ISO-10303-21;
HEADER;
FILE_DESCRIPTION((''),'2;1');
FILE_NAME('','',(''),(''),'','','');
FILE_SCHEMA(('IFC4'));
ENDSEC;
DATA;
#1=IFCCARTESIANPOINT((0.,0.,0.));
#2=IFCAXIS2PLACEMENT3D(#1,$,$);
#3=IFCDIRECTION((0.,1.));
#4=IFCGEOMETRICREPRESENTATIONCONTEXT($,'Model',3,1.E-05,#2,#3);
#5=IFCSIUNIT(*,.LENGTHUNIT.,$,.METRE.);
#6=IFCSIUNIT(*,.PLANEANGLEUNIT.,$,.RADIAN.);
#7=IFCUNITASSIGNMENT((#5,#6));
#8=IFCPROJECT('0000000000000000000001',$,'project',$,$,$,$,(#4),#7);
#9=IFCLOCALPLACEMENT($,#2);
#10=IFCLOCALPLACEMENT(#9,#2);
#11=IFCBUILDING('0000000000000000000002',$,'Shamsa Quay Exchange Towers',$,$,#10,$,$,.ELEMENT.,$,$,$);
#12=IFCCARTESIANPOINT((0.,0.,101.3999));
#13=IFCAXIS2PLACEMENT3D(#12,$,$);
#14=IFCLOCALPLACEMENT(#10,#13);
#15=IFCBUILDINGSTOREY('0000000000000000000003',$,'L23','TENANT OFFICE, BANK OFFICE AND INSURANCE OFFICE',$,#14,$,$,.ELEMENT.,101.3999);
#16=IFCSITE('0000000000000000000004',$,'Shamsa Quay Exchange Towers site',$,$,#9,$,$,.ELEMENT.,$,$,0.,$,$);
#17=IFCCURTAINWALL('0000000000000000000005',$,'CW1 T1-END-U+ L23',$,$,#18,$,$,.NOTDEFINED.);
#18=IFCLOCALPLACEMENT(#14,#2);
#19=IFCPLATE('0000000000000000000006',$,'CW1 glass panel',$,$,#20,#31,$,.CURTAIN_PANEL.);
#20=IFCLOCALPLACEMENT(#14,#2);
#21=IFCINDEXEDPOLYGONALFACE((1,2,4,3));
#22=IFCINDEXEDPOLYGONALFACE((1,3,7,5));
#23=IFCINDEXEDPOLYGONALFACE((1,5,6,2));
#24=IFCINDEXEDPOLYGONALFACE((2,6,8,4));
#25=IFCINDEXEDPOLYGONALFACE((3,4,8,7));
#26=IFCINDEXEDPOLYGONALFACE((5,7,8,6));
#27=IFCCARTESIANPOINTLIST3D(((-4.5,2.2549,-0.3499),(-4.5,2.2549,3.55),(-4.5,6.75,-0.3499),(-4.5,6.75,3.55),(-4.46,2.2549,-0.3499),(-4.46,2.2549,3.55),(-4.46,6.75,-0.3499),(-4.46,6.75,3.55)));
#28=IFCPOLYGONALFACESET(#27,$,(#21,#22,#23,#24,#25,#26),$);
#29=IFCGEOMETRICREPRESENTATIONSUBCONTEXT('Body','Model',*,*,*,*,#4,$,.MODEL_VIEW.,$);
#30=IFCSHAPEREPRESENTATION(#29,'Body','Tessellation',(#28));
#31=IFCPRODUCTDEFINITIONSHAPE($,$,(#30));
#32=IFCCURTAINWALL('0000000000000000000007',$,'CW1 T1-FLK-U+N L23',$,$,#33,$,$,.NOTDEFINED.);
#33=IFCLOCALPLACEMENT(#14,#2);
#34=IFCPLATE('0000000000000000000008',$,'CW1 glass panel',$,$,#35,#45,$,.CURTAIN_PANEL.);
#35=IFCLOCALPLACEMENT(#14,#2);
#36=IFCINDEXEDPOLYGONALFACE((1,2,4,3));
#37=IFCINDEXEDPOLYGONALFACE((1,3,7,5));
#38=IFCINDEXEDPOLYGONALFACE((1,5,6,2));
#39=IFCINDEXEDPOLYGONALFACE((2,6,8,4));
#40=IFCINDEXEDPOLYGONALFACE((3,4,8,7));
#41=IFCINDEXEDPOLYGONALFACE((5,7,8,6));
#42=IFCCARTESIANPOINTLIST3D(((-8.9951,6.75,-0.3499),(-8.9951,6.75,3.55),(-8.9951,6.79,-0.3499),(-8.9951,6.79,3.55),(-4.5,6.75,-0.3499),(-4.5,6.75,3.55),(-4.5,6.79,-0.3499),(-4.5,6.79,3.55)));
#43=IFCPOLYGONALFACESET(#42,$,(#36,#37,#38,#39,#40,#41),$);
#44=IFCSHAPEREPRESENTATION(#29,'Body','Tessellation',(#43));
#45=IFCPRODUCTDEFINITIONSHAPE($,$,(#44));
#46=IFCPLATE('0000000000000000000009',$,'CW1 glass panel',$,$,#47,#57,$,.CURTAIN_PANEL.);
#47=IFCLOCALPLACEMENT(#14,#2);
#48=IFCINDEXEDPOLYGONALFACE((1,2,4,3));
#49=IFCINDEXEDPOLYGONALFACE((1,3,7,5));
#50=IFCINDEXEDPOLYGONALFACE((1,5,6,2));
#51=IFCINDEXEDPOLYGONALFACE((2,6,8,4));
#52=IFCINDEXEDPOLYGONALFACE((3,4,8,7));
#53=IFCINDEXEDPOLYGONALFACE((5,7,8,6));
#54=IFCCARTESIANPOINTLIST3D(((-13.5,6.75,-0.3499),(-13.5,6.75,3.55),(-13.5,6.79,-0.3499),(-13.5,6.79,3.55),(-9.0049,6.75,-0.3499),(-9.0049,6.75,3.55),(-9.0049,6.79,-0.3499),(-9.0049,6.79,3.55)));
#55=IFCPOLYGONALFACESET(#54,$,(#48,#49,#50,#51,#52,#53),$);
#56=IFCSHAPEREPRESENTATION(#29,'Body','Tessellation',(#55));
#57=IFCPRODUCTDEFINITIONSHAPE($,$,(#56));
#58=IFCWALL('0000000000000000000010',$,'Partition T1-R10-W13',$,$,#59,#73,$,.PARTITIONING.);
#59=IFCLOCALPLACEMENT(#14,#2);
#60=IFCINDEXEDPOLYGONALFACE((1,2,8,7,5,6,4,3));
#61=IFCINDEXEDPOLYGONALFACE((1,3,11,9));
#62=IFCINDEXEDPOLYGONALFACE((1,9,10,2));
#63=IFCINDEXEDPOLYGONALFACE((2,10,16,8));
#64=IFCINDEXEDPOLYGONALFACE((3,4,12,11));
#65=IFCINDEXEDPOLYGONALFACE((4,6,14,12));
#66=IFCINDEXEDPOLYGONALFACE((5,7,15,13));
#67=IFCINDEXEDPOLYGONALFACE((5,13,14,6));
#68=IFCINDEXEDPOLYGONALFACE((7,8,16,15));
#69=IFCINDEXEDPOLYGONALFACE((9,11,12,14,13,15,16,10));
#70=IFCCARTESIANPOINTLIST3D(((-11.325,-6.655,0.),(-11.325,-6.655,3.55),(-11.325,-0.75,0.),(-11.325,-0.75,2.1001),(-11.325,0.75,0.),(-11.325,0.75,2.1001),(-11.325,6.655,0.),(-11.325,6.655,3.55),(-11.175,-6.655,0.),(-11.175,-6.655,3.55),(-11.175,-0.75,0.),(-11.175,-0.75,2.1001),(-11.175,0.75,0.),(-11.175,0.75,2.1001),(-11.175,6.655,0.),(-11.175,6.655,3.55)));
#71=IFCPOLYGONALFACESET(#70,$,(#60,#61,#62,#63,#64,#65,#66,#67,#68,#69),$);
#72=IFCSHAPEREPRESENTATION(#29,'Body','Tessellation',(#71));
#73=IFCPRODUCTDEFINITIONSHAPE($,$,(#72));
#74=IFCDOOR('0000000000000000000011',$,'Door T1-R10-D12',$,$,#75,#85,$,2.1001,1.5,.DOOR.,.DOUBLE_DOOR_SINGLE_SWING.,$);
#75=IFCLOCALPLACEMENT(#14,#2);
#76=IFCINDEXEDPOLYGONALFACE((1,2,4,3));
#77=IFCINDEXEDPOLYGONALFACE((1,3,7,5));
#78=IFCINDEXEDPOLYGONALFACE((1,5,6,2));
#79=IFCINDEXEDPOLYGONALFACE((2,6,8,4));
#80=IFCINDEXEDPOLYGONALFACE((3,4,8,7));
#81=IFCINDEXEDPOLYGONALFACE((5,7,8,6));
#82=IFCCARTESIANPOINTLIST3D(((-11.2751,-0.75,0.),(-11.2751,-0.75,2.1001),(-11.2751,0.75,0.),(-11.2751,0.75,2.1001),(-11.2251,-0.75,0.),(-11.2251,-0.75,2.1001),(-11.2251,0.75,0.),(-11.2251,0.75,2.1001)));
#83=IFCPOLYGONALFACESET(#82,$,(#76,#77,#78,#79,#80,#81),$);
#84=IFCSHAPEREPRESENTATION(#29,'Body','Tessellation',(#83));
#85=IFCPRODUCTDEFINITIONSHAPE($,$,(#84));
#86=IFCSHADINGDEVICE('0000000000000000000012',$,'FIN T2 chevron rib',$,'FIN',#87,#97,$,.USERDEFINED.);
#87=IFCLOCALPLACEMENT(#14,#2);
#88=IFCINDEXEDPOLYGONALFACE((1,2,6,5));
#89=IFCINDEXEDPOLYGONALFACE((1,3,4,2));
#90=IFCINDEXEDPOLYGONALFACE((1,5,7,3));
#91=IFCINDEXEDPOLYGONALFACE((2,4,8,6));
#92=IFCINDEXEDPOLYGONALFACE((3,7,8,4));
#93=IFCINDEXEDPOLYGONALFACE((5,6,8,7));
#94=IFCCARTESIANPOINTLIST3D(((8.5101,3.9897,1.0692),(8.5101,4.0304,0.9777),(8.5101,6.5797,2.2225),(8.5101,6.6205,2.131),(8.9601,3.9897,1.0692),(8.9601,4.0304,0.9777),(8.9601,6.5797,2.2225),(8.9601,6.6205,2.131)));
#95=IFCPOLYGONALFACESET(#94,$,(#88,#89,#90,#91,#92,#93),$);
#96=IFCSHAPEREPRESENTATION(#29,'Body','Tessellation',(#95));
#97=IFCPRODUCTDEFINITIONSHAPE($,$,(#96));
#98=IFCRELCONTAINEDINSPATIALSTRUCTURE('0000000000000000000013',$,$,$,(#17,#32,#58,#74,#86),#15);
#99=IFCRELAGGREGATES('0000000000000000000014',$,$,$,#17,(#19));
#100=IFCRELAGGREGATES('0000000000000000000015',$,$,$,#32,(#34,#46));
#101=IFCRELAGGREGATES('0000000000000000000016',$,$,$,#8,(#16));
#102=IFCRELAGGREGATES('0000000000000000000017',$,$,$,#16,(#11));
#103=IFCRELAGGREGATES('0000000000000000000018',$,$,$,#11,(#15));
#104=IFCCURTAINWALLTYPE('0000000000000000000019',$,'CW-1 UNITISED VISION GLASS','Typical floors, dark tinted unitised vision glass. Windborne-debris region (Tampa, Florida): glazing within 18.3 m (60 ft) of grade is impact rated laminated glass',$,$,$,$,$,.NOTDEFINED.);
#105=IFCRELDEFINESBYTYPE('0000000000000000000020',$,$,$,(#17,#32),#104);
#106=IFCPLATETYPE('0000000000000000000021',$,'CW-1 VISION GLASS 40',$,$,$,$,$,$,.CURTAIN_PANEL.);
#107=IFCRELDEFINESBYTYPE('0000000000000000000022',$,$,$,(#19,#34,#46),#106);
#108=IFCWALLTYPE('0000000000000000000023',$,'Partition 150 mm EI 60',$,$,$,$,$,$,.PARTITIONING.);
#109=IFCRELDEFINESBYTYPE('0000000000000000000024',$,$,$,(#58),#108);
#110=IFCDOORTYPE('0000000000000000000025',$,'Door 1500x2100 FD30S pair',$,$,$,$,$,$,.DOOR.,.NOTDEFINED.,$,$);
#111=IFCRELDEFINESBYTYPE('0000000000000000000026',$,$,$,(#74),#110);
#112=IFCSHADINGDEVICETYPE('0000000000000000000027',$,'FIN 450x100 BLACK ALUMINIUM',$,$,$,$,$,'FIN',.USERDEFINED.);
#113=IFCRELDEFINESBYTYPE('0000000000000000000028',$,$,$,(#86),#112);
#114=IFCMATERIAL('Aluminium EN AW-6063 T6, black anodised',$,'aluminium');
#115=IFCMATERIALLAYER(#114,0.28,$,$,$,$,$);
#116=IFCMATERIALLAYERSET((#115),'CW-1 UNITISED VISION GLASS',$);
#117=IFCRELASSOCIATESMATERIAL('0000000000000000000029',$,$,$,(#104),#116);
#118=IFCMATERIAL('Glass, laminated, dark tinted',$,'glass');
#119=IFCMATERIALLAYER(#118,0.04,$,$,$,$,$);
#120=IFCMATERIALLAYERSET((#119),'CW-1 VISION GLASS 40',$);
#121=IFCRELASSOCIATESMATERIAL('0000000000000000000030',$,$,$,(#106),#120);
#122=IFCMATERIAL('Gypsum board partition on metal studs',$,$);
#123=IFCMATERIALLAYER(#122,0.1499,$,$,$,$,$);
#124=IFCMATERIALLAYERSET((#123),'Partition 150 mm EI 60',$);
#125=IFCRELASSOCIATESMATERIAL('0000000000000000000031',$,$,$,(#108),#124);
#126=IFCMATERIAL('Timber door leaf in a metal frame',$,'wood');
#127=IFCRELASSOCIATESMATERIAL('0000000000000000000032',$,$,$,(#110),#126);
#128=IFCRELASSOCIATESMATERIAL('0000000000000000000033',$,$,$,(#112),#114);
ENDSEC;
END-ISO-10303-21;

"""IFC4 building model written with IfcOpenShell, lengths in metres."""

from ifc_helpers import new_model, si_unit, direction, frame, frame_2d, origin, origin_2d, place, context, subcontext, project, spatial, rectangle, extrude, material, layer, layer_set, material_profile, profile_set, type_object, element, fill, aggregate, save


model = new_model("IFC4")

# Units and contexts
model_context = context("Model", 3, precision=1e-05, world=origin(), true_north=direction((0.0, 1.0)))
body_context = subcontext(model_context, "Body", "Model", "MODEL_VIEW")
ifc_project = project(units=[si_unit("LENGTHUNIT", "METRE"), si_unit("PLANEANGLEUNIT", "RADIAN")], contexts=[model_context])

# Site, building, storey
site_placement = place(None, origin())
site = spatial("IfcSite", under=ifc_project, at=site_placement, Name="Shamsa Quay Exchange Towers site", CompositionType="ELEMENT", RefElevation=0.0)
building_placement = place(site_placement, origin())
building = spatial("IfcBuilding", under=site, at=building_placement, Name="Shamsa Quay Exchange Towers", CompositionType="ELEMENT")
storey_placement = place(building_placement, frame((0.0, 0.0, 101.3999)))
storey = spatial("IfcBuildingStorey", under=building, at=storey_placement, Name="L23", Description="TENANT OFFICE, BANK OFFICE AND INSURANCE OFFICE", CompositionType="ELEMENT", Elevation=101.3999)

# Curtain wall
ifc_material_1 = material(Name="Aluminium EN AW-6063 T6, black anodised", Category="aluminium")
ifc_layer_1 = layer(ifc_material_1, 0.28)
ifc_layer_set_1 = layer_set([ifc_layer_1], Name="CW-1 UNITISED VISION GLASS")
curtain_wall_type = type_object("IfcCurtainWallType", Name="CW-1 UNITISED VISION GLASS", Description="Typical floors, dark tinted unitised vision glass. Windborne-debris region (Tampa, Florida): glazing within 18.3 m (60 ft) of grade is impact rated laminated glass", PredefinedType="NOTDEFINED", material=ifc_layer_set_1)
curtain_wall_1_placement = place(storey_placement, origin())
curtain_wall_1 = element("IfcCurtainWall", 1, at=curtain_wall_1_placement, inside=storey, type_object=curtain_wall_type, Name="CW1 T1-END-U+ L23", PredefinedType="NOTDEFINED")

# Plate
ifc_material_2 = material(Name="Glass, laminated, dark tinted", Category="glass")
ifc_layer_2 = layer(ifc_material_2, 0.04)
ifc_layer_set_2 = layer_set([ifc_layer_2], Name="CW-1 VISION GLASS 40")
plate_type = type_object("IfcPlateType", Name="CW-1 VISION GLASS 40", PredefinedType="CURTAIN_PANEL", material=ifc_layer_set_2)
plate_1_placement = place(storey_placement, frame((-4.48, 4.5024, -0.3499), z_axis=(0.0, 0.0, 1.0), x_axis=(0.0, 1.0, 0.0)))
plate_1 = element("IfcPlate", 2, at=plate_1_placement, type_object=plate_type, Name="CW1 glass panel", PredefinedType="CURTAIN_PANEL", context=body_context, shape_type="SweptSolid", body=[
    extrude(rectangle(XDim=4.4951, YDim=0.04, at=origin_2d()), origin(), (0.0, 0.0, 1.0), 3.8999),
])
aggregate(curtain_wall_1, [plate_1])

# Curtain wall, plates
curtain_wall_2_placement = place(storey_placement, origin())
curtain_wall_2 = element("IfcCurtainWall", 3, at=curtain_wall_2_placement, inside=storey, type_object=curtain_wall_type, Name="CW1 T1-FLK-U+N L23", PredefinedType="NOTDEFINED")
plate_2_placement = place(storey_placement, frame((-6.7476, 6.77, -0.3499), z_axis=(0.0, 0.0, 1.0), x_axis=(-1.0, 0.0, 0.0)))
plate_2 = element("IfcPlate", 4, at=plate_2_placement, type_object=plate_type, Name="CW1 glass panel", PredefinedType="CURTAIN_PANEL", context=body_context, shape_type="SweptSolid", body=[
    extrude(rectangle(XDim=4.4951, YDim=0.04, at=origin_2d()), origin(), (0.0, 0.0, 1.0), 3.8999),
])
plate_3_placement = place(storey_placement, frame((-11.2524, 6.77, -0.3499), z_axis=(0.0, 0.0, 1.0), x_axis=(-1.0, 0.0, 0.0)))
plate_3 = element("IfcPlate", 5, at=plate_3_placement, type_object=plate_type, Name="CW1 glass panel", PredefinedType="CURTAIN_PANEL", context=body_context, shape_type="SweptSolid", body=[
    extrude(rectangle(XDim=4.4951, YDim=0.04, at=origin_2d()), origin(), (0.0, 0.0, 1.0), 3.8999),
])
aggregate(curtain_wall_2, [plate_2, plate_3])

# Wall, opening, door
ifc_material_3 = material(Name="Gypsum board partition on metal studs")
ifc_layer_3 = layer(ifc_material_3, 0.1499)
ifc_layer_set_3 = layer_set([ifc_layer_3], Name="Partition 150 mm EI 60")
wall_type_1 = type_object("IfcWallType", Name="Partition 150 mm EI 60", PredefinedType="PARTITIONING", material=ifc_layer_set_3)
wall_1_placement = place(storey_placement, frame((-11.25, 6.655, 0.0), z_axis=(0.0, 0.0, 1.0), x_axis=(0.0, -1.0, 0.0)))
wall_1 = element("IfcWall", 6, at=wall_1_placement, inside=storey, type_object=wall_type_1, Name="Partition T1-R10-W13", PredefinedType="PARTITIONING", context=body_context, shape_type="SweptSolid", body=[
    extrude(rectangle(XDim=13.3101, YDim=0.1499, at=frame_2d((6.655, 0.0))), origin(), (0.0, 0.0, 1.0), 3.55),
])
opening_1_placement = place(wall_1_placement, frame((5.905, 0.0, 0.0)))
opening_1 = element("IfcOpeningElement", 7, at=opening_1_placement, cuts=wall_1, PredefinedType="OPENING", context=body_context, shape_type="SweptSolid", body=[
    extrude(rectangle(XDim=1.5, YDim=2.1001, at=frame_2d((0.75, 1.05))), frame((0.0, 0.085, 0.0), z_axis=(0.0, -1.0, 0.0), x_axis=(1.0, 0.0, 0.0)), (0.0, 0.0, 1.0), 0.1699),
])
ifc_material_4 = material(Name="Timber door leaf in a metal frame", Category="wood")
door_type_1 = type_object("IfcDoorType", Name="Door 1500x2100 FD30S pair", OperationType="NOTDEFINED", PredefinedType="DOOR", material=ifc_material_4)
door_1_placement = place(opening_1_placement, origin())
door_1 = element("IfcDoor", 8, at=door_1_placement, inside=storey, type_object=door_type_1, Name="Door T1-R10-D12", OperationType="DOUBLE_DOOR_SINGLE_SWING", OverallHeight=2.1001, OverallWidth=1.5, PredefinedType="DOOR", context=body_context, shape_type="SweptSolid", body=[
    extrude(rectangle(XDim=1.5, YDim=2.1001, at=frame_2d((0.75, 1.05))), frame((0.0, 0.0249, 0.0), z_axis=(0.0, -1.0, 0.0), x_axis=(1.0, 0.0, 0.0)), (0.0, 0.0, 1.0), 0.05),
])
fill(opening_1, door_1)

# Shading device
ifc_material_profile_1 = material_profile(ifc_material_1, rectangle(XDim=0.45, YDim=0.1001, at=origin_2d()), Name="FIN450x100")
ifc_profile_set_1 = profile_set([ifc_material_profile_1], Name="Aluminium EN AW-6063 T6, black anodised")
shading_device_type = type_object("IfcShadingDeviceType", Name="FIN 450x100 BLACK ALUMINIUM", ElementType="FIN", PredefinedType="USERDEFINED", material=ifc_profile_set_1)
shading_device_placement = place(storey_placement, frame((8.7351, 6.6001, 2.1768), z_axis=(0.0, -0.913527, -0.406778), x_axis=(1.0, 0.0, 0.0)))
element("IfcShadingDevice", 9, at=shading_device_placement, inside=storey, type_object=shading_device_type, Name="FIN T2 chevron rib", ObjectType="FIN", PredefinedType="USERDEFINED", context=body_context, shape_type="SweptSolid", body=[
    extrude(rectangle(XDim=0.45, YDim=0.1001, at=origin_2d()), origin(), (0.0, 0.0, 1.0), 2.8352),
])

save(model, "model.ifc")
